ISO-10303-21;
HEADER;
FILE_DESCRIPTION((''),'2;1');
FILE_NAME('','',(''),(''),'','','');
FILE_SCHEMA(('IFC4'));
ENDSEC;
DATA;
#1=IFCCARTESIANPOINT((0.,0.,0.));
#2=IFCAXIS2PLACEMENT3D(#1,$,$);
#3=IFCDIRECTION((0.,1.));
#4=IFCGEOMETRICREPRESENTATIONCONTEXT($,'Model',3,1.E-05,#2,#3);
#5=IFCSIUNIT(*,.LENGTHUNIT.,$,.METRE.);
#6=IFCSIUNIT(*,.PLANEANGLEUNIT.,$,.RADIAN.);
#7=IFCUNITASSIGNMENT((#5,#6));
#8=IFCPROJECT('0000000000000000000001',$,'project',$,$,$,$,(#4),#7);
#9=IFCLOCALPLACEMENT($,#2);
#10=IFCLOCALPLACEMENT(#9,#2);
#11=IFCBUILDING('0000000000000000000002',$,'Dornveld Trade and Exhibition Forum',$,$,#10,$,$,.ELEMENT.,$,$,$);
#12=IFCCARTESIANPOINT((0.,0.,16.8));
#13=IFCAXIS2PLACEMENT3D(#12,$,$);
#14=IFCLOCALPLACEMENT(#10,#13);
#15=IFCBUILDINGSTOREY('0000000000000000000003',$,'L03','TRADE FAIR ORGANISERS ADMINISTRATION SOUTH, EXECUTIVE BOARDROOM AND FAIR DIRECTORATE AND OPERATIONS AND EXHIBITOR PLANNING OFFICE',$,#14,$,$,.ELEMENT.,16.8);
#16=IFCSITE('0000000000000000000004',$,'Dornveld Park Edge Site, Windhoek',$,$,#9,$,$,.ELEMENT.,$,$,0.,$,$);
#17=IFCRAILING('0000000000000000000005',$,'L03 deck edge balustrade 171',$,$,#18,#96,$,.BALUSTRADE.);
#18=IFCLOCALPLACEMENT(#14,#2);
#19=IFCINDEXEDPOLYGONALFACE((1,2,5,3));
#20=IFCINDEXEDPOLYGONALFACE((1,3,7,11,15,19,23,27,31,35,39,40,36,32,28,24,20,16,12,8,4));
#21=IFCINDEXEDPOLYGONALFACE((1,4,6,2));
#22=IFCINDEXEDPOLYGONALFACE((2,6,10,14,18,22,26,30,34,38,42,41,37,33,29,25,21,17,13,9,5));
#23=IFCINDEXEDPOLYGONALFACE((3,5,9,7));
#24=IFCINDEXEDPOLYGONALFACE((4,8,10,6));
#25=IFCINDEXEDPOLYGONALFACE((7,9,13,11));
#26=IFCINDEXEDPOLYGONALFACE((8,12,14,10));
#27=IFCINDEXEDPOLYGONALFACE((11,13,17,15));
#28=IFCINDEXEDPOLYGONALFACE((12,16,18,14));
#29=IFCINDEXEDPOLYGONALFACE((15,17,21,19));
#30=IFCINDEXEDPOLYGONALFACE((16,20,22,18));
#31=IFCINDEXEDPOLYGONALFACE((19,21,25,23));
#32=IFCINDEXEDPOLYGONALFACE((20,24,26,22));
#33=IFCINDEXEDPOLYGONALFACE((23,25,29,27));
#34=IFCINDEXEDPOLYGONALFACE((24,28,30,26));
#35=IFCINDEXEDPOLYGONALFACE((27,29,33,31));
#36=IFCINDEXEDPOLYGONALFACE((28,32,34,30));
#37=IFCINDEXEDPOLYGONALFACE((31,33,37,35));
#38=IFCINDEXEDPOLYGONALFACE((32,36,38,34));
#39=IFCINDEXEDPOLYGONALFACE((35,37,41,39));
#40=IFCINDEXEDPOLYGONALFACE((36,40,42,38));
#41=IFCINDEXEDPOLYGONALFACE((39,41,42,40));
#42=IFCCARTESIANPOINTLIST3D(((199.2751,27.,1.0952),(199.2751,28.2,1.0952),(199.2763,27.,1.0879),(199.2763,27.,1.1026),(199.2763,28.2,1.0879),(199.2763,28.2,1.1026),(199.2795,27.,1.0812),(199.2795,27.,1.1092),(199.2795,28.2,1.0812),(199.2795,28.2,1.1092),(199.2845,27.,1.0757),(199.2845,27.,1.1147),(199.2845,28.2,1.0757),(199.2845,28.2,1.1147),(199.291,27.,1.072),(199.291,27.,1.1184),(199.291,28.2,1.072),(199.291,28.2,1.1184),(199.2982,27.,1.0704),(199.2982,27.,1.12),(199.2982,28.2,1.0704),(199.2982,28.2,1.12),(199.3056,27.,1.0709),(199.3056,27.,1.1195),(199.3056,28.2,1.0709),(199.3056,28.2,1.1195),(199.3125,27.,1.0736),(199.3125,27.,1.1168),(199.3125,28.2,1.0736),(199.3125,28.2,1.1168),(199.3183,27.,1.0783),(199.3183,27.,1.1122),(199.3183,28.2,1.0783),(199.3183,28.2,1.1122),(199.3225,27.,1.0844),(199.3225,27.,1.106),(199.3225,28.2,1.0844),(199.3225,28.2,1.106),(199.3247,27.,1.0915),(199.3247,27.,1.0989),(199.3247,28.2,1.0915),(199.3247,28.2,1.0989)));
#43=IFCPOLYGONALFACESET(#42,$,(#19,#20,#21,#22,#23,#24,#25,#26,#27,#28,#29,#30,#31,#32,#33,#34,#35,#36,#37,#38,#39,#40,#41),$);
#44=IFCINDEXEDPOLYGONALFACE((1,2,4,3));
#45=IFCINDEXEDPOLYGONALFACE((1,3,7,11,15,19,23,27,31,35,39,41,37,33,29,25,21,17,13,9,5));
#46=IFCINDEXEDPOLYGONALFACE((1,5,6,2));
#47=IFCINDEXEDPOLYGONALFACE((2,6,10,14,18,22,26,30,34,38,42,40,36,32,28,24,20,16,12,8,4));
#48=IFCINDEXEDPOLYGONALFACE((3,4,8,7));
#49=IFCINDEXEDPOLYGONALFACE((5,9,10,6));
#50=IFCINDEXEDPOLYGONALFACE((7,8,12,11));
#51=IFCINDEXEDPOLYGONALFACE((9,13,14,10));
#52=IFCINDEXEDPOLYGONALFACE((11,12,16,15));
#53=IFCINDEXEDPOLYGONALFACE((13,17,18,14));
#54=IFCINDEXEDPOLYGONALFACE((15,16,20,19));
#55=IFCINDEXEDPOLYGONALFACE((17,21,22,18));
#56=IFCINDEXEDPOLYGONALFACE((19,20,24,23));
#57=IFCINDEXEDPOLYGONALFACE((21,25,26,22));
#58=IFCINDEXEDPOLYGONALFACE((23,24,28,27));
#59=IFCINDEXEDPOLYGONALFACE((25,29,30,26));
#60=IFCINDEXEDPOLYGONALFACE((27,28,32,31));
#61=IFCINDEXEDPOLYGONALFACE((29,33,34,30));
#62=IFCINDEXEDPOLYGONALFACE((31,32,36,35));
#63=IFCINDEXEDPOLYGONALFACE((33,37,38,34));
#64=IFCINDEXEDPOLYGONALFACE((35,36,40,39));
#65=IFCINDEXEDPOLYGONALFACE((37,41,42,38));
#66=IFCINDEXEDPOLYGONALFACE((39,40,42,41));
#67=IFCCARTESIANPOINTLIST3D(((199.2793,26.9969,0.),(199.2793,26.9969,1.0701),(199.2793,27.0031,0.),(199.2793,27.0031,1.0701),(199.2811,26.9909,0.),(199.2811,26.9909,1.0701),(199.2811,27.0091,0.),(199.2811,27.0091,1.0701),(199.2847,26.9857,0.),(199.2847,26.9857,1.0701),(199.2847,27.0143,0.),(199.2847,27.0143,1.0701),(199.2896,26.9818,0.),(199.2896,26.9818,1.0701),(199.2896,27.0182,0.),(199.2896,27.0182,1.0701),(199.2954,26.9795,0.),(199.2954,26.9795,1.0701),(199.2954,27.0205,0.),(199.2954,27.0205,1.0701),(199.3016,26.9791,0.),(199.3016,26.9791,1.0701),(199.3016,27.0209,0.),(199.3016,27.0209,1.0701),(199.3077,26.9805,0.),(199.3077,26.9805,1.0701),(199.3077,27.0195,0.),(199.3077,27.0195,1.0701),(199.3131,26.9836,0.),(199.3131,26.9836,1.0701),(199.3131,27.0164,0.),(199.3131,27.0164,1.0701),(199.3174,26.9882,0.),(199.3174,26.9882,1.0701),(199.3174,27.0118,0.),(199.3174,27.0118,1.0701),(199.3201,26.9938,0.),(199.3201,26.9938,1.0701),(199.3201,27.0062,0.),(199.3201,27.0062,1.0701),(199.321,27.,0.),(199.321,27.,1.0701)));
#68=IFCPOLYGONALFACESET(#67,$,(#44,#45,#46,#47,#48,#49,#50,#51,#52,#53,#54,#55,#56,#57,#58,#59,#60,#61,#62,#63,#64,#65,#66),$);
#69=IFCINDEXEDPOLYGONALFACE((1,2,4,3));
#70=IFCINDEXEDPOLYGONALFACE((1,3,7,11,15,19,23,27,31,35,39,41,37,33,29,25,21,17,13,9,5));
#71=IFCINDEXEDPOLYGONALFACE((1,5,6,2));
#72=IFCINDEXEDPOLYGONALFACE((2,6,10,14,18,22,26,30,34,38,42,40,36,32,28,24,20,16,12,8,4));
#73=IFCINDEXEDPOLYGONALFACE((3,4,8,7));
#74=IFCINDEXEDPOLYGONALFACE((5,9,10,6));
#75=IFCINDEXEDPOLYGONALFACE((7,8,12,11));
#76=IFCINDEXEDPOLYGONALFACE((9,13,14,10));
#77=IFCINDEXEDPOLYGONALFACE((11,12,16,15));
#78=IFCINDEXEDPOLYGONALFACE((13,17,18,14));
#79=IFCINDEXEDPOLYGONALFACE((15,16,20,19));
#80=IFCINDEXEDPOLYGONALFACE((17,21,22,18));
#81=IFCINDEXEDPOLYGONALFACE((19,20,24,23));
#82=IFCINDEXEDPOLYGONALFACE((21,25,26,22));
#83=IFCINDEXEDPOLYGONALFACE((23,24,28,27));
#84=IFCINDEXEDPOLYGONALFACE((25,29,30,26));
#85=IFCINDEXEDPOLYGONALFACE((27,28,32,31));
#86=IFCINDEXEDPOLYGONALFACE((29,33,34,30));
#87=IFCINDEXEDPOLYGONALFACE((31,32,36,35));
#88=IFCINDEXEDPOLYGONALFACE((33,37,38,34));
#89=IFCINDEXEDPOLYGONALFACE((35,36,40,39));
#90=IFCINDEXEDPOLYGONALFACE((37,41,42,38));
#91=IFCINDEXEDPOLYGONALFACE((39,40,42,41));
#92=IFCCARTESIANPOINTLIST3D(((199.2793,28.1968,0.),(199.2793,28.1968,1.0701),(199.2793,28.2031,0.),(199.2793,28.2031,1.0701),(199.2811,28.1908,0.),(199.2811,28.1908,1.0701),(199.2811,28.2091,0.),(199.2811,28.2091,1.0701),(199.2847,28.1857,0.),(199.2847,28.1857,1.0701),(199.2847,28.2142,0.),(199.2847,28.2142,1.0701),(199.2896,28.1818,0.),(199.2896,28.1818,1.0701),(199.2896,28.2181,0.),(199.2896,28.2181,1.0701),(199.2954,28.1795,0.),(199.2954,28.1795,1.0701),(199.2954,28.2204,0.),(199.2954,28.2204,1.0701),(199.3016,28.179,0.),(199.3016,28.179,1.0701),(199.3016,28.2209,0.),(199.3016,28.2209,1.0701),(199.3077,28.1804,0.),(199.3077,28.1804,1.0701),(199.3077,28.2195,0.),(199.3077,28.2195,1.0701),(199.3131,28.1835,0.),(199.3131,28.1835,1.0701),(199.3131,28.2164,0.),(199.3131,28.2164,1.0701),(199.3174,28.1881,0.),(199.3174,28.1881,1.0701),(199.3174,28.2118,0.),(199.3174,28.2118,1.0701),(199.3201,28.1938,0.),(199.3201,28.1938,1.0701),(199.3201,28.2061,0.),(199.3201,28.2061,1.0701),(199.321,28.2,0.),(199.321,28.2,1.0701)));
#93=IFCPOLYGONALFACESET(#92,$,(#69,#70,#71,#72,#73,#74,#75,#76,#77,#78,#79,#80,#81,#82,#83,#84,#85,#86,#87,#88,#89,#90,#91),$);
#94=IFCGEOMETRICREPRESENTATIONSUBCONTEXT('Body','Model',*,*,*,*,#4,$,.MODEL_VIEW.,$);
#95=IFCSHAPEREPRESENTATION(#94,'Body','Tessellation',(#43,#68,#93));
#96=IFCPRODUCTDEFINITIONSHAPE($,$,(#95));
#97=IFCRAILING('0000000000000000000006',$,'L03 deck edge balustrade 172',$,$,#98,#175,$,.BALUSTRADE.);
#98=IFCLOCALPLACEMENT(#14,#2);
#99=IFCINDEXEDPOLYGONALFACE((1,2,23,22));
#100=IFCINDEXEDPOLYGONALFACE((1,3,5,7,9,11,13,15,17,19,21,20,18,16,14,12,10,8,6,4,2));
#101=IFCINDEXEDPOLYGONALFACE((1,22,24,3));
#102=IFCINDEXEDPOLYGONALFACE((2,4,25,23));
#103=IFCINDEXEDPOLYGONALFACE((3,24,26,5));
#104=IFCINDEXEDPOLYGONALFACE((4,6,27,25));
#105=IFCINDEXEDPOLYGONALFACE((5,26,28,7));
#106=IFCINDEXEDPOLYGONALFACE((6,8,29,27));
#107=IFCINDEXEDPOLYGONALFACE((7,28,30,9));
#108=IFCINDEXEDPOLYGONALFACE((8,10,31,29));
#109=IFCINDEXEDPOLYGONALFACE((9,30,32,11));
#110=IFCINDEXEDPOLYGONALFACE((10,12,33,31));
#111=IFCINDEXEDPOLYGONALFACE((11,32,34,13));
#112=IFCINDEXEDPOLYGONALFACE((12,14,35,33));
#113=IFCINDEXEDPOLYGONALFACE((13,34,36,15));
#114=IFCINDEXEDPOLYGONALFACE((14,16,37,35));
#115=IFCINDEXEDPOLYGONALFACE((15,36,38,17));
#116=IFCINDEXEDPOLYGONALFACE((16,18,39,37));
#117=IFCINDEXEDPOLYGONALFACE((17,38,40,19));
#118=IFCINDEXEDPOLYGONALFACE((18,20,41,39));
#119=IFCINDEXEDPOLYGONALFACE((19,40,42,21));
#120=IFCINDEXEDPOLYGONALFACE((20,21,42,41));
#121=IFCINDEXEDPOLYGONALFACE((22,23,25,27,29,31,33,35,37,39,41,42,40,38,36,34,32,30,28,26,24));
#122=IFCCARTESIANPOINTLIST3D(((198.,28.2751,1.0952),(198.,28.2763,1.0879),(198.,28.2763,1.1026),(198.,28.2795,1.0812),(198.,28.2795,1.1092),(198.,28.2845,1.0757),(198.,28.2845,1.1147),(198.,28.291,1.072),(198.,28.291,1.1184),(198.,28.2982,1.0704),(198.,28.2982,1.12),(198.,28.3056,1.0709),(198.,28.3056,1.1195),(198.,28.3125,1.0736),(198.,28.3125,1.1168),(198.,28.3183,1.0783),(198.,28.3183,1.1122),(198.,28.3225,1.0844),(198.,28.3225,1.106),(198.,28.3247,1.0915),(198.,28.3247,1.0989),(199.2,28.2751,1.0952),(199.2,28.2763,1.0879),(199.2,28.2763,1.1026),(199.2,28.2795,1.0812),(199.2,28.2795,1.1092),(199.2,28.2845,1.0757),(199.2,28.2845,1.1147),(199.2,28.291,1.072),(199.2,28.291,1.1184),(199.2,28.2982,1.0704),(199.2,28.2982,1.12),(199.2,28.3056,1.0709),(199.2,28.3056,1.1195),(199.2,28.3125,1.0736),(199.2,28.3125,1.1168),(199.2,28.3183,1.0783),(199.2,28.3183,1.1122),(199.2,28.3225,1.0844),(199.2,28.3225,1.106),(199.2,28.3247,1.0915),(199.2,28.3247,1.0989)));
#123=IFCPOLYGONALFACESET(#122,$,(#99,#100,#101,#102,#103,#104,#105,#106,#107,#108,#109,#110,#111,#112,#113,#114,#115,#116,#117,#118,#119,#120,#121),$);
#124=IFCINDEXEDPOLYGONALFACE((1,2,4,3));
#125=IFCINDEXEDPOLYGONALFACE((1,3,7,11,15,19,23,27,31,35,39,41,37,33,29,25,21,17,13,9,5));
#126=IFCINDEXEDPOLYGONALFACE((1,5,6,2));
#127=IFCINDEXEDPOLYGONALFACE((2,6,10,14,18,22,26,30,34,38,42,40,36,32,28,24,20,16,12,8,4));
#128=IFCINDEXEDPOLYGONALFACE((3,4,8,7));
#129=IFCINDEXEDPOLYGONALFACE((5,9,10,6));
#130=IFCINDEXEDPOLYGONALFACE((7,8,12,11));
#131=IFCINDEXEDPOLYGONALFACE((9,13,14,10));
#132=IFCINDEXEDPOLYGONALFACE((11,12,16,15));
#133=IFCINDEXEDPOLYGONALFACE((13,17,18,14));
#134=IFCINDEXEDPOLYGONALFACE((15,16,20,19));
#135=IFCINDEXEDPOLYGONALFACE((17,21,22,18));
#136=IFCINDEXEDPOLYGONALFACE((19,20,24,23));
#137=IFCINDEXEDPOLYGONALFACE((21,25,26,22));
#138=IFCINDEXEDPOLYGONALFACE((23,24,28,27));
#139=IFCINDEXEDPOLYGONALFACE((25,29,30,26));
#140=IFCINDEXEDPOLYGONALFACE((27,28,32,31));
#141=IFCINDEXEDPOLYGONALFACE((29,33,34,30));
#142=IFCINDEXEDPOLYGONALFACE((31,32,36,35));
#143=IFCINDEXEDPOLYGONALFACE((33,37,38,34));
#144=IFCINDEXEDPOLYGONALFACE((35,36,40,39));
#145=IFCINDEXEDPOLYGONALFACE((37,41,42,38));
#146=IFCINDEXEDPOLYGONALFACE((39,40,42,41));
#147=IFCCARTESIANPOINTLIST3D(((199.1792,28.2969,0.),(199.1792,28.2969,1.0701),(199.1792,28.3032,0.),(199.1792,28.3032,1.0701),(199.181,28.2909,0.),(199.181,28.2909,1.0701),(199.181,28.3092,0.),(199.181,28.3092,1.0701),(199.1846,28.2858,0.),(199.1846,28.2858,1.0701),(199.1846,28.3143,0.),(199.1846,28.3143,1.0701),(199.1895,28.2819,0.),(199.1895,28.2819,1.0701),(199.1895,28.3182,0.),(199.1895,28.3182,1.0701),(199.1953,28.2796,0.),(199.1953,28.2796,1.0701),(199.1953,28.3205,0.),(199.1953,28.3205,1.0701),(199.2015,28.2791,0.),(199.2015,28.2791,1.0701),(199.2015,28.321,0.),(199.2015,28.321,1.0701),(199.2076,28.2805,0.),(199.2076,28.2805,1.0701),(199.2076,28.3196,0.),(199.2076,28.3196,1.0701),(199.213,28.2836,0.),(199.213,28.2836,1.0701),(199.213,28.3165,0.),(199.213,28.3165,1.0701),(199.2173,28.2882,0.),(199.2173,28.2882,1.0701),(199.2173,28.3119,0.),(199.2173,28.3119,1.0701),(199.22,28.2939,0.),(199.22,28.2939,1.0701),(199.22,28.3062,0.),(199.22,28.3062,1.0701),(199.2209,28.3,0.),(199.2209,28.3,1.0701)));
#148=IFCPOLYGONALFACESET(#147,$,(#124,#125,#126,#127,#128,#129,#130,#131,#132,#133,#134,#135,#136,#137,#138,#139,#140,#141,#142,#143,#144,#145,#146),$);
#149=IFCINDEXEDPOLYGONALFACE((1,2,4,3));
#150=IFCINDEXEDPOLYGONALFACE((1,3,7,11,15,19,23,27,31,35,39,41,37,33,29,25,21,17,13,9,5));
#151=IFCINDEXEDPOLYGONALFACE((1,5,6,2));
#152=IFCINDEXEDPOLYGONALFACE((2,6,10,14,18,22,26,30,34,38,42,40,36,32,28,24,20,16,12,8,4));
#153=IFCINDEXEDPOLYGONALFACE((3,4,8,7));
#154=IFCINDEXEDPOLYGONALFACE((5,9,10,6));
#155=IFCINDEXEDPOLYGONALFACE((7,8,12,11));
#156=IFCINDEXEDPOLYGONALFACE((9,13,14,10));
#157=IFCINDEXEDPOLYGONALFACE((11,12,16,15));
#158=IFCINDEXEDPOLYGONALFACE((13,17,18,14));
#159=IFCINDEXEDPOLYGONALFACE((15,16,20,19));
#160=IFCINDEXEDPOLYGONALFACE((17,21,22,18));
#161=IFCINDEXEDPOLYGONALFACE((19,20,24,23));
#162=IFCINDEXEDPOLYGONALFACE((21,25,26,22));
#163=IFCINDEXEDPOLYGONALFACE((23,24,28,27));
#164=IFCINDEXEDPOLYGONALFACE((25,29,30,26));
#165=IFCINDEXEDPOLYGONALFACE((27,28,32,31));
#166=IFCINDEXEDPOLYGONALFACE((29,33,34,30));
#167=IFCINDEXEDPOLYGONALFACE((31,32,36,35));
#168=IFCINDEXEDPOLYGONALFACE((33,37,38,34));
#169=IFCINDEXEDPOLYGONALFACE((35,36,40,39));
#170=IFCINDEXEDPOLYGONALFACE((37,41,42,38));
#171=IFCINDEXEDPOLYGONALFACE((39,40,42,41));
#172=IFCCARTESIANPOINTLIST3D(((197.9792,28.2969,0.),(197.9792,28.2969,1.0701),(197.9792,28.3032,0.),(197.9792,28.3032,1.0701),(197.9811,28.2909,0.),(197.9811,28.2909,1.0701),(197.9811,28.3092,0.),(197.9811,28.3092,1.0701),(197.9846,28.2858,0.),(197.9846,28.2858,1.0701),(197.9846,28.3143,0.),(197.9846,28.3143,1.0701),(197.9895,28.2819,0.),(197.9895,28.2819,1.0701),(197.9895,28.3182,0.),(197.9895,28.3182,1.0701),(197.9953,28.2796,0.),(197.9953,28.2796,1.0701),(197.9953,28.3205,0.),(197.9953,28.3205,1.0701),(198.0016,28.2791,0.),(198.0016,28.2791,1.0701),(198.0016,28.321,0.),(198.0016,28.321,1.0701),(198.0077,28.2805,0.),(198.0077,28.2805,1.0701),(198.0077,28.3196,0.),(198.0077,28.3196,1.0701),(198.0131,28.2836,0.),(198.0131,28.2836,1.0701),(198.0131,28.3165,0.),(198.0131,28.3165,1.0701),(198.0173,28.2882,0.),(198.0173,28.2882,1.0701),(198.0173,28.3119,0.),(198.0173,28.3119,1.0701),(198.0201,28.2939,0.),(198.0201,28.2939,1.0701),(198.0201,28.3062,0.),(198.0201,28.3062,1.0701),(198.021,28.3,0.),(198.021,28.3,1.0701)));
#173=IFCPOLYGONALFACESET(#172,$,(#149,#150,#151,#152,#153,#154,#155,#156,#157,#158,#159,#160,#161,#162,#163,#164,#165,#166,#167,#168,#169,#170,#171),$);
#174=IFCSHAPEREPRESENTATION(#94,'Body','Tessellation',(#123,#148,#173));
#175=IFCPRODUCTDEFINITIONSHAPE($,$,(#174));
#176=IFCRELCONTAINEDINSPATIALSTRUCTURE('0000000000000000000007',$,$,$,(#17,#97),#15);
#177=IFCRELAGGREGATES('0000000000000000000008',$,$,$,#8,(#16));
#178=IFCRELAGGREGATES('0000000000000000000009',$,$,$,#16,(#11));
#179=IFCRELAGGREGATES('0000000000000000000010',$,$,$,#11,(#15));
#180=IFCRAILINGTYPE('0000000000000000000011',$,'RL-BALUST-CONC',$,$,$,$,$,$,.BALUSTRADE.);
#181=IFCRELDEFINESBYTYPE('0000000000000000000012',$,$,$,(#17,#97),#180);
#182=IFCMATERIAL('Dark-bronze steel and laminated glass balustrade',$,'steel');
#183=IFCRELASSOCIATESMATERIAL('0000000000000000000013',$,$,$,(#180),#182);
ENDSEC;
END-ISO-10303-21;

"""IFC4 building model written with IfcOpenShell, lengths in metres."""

from ifc_helpers import new_model, si_unit, direction, frame, origin, origin_2d, place, context, subcontext, project, spatial, circle, extrude, material, type_object, element, save


model = new_model("IFC4")

# Units and contexts
model_context = context("Model", 3, precision=1e-05, world=origin(), true_north=direction((0.0, 1.0)))
body_context = subcontext(model_context, "Body", "Model", "MODEL_VIEW")
ifc_project = project(units=[si_unit("LENGTHUNIT", "METRE"), si_unit("PLANEANGLEUNIT", "RADIAN")], contexts=[model_context])

# Site, building, storey
site_placement = place(None, origin())
site = spatial("IfcSite", under=ifc_project, at=site_placement, Name="Dornveld Park Edge Site, Windhoek", CompositionType="ELEMENT", RefElevation=0.0)
building_placement = place(site_placement, origin())
building = spatial("IfcBuilding", under=site, at=building_placement, Name="Dornveld Trade and Exhibition Forum", CompositionType="ELEMENT")
storey_placement = place(building_placement, frame((0.0, 0.0, 16.8)))
storey = spatial("IfcBuildingStorey", under=building, at=storey_placement, Name="L03", Description="TRADE FAIR ORGANISERS ADMINISTRATION SOUTH, EXECUTIVE BOARDROOM AND FAIR DIRECTORATE AND OPERATIONS AND EXHIBITOR PLANNING OFFICE", CompositionType="ELEMENT", Elevation=16.8)

# Railings
ifc_material_1 = material(Name="Dark-bronze steel and laminated glass balustrade", Category="steel")
railing_type = type_object("IfcRailingType", Name="RL-BALUST-CONC", PredefinedType="BALUSTRADE", material=ifc_material_1)
railing_1_placement = place(storey_placement, frame((199.3, 27.0, 0.0)))
element("IfcRailing", 1, at=railing_1_placement, inside=storey, type_object=railing_type, Name="L03 deck edge balustrade 171", PredefinedType="BALUSTRADE", context=body_context, shape_type="SweptSolid", body=[
    extrude(circle(Radius=0.0249, at=origin_2d()), frame((0.0, 0.0, 1.0952), z_axis=(0.0, 1.0, 0.0), x_axis=(-1.0, 0.0, 0.0)), (0.0, 0.0, 1.0), 1.2),
    extrude(circle(Radius=0.021, at=origin_2d()), origin(), (0.0, 0.0, 1.0), 1.0701),
    extrude(circle(Radius=0.021, at=origin_2d()), frame((0.0, 1.2, 0.0)), (0.0, 0.0, 1.0), 1.0701),
])
railing_2_placement = place(storey_placement, frame((199.2, 28.3, 0.0)))
element("IfcRailing", 2, at=railing_2_placement, inside=storey, type_object=railing_type, Name="L03 deck edge balustrade 172", PredefinedType="BALUSTRADE", context=body_context, shape_type="SweptSolid", body=[
    extrude(circle(Radius=0.0249, at=origin_2d()), frame((0.0, 0.0, 1.0952), z_axis=(-1.0, 0.0, 0.0), x_axis=(0.0, -1.0, 0.0)), (0.0, 0.0, 1.0), 1.2),
    extrude(circle(Radius=0.021, at=origin_2d()), origin(), (0.0, 0.0, 1.0), 1.0701),
    extrude(circle(Radius=0.021, at=origin_2d()), frame((-1.2, 0.0, 0.0)), (0.0, 0.0, 1.0), 1.0701),
])

save(model, "model.ifc")
